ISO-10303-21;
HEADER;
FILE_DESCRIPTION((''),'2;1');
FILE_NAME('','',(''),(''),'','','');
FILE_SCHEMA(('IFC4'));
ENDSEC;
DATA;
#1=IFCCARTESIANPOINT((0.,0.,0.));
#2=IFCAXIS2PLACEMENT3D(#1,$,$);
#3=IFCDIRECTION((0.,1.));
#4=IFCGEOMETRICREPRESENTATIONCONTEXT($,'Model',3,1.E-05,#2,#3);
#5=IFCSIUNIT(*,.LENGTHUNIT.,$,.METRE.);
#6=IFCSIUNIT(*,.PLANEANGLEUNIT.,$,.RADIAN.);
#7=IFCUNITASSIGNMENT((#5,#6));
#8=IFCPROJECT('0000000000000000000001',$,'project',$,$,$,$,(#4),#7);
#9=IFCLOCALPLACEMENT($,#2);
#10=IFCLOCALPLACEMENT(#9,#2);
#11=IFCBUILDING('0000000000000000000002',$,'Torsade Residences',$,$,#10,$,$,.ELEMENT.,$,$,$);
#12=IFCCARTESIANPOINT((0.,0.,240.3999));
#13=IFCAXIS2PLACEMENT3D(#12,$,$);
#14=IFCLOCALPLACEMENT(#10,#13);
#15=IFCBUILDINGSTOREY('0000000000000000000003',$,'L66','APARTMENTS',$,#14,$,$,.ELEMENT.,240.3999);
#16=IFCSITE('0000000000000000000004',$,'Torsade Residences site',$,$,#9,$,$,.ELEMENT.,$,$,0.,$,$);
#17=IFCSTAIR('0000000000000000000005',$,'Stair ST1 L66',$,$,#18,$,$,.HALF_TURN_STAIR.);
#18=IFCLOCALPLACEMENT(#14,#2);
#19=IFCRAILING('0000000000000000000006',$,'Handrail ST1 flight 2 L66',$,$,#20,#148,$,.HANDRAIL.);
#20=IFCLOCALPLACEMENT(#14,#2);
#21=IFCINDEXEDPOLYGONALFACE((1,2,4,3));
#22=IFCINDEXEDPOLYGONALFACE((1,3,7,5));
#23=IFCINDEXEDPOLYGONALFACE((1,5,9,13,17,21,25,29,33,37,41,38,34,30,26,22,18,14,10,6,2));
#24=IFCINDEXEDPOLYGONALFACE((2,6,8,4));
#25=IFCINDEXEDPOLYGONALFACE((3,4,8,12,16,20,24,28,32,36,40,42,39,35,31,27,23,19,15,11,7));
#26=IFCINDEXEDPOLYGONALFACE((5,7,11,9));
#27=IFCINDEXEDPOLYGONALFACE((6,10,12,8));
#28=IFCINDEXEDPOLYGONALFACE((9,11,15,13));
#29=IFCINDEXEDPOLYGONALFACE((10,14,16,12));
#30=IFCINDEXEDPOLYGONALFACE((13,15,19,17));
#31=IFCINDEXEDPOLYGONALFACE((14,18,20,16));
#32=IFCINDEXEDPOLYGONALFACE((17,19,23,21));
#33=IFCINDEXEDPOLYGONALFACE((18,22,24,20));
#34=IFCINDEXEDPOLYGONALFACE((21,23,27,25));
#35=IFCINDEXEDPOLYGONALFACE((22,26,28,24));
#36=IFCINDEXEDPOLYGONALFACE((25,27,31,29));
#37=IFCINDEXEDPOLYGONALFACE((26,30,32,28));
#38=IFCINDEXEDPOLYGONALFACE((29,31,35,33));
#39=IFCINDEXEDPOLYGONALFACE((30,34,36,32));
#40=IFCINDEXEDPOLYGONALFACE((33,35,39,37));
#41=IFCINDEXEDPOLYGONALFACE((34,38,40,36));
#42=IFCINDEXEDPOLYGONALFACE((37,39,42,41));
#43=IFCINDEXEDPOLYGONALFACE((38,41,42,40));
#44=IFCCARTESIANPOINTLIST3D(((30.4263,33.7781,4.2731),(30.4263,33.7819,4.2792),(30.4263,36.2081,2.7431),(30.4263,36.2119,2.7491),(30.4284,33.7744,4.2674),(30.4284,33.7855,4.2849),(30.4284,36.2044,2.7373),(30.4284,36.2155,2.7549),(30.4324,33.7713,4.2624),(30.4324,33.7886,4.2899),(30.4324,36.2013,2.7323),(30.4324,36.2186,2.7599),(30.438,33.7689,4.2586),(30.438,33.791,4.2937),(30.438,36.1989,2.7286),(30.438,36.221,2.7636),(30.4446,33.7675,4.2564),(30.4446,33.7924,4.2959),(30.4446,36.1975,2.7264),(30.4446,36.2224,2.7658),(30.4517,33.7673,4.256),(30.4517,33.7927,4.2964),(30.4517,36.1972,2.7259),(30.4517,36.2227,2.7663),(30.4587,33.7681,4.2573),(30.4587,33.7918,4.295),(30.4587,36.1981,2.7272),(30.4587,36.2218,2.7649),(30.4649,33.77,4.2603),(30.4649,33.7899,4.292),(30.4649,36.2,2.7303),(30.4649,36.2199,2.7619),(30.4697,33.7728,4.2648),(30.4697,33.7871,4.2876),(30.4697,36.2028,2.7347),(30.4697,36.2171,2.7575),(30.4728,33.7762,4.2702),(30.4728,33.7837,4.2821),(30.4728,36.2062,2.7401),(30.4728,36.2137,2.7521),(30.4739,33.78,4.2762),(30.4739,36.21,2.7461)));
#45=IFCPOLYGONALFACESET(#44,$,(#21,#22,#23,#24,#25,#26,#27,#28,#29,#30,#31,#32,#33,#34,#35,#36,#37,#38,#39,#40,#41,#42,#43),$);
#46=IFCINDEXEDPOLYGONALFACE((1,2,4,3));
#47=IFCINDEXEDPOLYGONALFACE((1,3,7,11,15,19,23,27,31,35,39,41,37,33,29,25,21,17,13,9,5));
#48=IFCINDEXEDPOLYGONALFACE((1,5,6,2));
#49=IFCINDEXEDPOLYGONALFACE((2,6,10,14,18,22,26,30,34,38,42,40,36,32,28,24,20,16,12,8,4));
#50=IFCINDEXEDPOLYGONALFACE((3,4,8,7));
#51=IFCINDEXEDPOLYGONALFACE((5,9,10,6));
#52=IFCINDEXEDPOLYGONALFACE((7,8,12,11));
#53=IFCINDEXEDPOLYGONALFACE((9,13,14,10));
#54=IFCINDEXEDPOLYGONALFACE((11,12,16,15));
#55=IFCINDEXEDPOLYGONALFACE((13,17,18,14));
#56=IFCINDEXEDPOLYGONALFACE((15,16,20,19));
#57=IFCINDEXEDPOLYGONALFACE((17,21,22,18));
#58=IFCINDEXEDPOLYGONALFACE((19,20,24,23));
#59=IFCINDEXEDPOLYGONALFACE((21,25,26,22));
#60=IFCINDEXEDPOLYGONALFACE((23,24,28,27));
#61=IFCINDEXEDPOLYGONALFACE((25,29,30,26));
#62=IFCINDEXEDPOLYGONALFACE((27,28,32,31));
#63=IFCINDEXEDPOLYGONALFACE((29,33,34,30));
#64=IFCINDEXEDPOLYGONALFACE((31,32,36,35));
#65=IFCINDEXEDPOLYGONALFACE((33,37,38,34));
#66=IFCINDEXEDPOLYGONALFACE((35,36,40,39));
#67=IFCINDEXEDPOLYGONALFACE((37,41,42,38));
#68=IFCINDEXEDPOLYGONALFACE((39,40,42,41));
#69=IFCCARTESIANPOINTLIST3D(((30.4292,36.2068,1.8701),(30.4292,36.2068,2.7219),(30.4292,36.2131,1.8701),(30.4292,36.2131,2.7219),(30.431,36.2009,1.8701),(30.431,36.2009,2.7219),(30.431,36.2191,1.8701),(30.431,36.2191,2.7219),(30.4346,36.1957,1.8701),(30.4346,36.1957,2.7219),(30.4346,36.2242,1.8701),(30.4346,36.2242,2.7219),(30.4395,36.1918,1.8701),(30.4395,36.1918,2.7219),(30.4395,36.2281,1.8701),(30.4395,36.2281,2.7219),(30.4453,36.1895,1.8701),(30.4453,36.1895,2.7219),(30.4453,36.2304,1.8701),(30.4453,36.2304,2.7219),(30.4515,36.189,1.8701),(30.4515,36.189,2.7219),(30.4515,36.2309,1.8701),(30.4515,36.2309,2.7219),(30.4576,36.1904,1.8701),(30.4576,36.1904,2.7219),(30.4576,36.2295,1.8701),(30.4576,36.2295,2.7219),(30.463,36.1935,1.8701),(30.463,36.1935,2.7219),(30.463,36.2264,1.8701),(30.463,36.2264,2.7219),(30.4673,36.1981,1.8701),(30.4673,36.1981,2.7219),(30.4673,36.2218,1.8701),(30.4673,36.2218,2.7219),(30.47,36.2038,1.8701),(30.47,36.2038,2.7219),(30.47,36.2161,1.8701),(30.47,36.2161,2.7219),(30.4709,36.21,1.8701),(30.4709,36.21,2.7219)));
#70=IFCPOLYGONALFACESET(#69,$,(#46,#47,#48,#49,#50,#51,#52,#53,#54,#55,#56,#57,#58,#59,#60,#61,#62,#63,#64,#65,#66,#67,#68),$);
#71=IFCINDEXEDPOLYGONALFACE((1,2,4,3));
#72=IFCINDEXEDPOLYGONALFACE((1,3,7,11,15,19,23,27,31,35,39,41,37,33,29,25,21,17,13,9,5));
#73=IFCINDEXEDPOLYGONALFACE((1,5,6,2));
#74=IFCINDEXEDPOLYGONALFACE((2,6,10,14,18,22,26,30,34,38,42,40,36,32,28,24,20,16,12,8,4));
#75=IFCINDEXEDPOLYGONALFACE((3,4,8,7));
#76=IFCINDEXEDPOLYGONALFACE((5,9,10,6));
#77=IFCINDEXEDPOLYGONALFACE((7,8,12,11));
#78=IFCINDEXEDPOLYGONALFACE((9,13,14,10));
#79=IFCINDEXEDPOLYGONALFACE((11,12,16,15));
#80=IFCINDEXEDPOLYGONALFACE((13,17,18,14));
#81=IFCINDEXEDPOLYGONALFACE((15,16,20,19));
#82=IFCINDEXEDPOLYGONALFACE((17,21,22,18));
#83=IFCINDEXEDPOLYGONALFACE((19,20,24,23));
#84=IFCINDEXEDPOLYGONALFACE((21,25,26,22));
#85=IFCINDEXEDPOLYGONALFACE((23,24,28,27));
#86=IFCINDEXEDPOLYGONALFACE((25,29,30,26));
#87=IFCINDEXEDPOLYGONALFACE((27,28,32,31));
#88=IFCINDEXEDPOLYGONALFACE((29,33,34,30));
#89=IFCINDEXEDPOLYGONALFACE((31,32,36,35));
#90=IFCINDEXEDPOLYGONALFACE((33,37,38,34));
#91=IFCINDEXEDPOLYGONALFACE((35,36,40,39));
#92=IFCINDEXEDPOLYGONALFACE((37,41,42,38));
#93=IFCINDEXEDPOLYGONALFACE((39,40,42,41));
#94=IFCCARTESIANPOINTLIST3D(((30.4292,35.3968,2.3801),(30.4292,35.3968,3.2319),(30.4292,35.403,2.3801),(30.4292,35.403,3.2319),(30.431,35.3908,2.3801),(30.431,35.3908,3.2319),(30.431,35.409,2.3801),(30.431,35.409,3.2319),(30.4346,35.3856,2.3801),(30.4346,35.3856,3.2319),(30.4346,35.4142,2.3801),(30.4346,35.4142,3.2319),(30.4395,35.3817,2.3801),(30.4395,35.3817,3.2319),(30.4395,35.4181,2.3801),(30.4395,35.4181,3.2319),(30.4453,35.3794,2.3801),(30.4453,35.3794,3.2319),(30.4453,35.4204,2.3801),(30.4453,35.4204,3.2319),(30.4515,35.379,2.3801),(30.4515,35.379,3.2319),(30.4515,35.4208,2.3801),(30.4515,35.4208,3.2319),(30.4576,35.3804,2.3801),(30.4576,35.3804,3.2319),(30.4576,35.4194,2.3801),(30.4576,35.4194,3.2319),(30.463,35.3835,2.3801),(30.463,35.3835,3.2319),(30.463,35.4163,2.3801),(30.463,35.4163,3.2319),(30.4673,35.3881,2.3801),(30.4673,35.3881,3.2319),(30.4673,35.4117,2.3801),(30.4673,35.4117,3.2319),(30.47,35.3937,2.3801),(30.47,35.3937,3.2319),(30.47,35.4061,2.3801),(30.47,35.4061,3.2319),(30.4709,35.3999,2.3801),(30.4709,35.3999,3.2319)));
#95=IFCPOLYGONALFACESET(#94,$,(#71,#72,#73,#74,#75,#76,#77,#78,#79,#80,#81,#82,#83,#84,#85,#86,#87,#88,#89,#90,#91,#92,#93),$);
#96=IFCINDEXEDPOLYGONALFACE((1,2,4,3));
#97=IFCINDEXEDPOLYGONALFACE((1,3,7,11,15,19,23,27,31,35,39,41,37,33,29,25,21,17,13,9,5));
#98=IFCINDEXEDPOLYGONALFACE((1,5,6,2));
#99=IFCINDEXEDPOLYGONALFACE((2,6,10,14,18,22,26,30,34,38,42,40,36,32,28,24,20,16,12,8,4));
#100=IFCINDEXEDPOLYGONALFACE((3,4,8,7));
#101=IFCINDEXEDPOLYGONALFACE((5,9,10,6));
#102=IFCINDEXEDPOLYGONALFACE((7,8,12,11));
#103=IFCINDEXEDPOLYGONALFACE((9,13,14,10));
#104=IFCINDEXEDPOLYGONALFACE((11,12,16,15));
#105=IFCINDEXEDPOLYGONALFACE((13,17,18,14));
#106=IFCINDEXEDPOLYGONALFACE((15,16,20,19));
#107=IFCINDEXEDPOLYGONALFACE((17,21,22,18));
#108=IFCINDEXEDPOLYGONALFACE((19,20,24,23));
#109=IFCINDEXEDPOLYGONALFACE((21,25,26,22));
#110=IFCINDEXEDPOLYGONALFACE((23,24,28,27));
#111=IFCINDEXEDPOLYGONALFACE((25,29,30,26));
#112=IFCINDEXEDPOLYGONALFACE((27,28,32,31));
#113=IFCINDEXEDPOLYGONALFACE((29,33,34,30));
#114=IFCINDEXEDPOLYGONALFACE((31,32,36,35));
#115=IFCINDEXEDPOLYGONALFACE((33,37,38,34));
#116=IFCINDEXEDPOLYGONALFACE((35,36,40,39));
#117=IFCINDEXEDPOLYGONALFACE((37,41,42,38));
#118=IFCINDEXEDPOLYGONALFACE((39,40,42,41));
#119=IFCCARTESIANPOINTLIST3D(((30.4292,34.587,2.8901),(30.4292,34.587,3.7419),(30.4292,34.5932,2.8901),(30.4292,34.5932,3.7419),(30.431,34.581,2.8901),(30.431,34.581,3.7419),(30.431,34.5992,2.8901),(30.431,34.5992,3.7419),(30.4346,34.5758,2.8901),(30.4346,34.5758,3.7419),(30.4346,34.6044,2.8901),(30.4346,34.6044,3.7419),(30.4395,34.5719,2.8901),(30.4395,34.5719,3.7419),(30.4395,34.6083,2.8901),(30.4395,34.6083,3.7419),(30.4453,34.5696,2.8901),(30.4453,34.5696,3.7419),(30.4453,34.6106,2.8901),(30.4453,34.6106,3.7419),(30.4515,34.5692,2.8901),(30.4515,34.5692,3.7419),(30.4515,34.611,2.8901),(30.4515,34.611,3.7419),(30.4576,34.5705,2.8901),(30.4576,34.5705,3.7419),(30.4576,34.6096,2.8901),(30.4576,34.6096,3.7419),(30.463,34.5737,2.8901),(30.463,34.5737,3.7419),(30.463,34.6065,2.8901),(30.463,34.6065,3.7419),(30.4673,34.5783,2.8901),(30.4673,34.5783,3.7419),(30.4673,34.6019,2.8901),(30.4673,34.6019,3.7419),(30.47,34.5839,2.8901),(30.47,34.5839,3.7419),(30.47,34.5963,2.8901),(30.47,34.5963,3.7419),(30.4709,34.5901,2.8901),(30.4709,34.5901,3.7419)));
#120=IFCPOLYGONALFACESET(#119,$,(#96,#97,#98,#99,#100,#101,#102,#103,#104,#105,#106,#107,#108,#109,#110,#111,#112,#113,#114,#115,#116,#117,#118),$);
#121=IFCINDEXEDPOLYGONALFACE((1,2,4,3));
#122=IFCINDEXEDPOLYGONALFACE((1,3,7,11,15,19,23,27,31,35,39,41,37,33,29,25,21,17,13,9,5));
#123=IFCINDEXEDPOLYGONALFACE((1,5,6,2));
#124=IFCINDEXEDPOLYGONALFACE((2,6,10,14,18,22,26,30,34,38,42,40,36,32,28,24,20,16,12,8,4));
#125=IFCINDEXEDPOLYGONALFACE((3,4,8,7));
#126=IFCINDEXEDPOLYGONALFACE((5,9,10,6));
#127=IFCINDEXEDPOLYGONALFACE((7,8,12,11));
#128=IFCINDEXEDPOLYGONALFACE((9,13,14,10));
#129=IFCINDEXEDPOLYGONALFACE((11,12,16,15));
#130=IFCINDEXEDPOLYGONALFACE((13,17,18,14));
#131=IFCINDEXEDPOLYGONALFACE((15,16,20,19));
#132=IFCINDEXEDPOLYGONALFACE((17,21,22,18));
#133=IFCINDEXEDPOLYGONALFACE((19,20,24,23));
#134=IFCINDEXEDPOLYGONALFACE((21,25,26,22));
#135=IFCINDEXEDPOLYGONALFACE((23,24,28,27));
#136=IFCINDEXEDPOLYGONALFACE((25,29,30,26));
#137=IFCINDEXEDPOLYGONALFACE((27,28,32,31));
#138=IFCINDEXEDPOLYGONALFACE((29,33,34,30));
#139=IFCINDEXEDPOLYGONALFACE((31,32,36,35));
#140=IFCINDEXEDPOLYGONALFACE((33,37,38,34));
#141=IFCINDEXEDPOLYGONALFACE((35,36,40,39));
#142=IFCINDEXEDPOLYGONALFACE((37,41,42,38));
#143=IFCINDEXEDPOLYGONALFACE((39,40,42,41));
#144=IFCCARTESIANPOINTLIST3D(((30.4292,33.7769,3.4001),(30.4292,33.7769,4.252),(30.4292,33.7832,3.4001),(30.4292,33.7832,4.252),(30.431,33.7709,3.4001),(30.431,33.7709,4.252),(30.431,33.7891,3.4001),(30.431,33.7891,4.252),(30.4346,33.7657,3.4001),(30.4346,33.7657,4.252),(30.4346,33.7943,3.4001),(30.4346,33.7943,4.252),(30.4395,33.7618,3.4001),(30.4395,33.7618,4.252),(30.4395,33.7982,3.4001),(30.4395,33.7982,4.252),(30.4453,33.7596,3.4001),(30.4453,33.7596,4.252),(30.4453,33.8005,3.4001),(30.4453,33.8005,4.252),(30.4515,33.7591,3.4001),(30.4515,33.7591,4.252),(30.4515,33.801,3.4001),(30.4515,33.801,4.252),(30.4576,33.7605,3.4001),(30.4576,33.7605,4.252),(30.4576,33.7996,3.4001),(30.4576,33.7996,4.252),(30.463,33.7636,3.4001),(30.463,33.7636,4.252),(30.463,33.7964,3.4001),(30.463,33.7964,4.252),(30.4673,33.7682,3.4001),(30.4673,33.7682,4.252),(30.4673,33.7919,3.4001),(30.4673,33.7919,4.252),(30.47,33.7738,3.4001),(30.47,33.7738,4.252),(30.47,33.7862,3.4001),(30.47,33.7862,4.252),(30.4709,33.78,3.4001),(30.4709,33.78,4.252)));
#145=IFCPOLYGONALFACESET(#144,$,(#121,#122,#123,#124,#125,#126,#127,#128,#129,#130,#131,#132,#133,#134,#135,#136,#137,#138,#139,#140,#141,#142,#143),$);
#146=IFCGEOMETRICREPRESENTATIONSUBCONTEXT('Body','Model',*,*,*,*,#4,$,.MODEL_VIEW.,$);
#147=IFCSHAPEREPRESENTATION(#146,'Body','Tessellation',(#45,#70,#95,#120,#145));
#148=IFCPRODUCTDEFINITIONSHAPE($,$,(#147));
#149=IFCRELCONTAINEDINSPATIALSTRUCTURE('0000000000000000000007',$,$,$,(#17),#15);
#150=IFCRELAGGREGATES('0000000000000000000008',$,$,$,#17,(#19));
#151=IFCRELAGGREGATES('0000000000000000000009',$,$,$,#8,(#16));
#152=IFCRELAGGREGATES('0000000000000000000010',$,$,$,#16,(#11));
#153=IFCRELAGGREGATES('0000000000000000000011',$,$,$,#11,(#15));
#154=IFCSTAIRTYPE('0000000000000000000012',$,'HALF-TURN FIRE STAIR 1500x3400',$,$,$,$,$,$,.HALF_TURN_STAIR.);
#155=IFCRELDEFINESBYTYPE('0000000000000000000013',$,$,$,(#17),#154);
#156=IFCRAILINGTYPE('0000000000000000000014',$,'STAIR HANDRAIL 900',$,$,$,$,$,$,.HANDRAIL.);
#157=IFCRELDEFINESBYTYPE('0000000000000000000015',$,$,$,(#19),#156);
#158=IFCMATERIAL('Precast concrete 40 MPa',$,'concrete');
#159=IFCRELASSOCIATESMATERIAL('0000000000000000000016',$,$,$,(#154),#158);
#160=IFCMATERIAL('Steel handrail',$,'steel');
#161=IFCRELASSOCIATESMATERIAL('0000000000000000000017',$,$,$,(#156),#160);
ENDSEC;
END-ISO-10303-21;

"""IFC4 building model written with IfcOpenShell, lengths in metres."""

from ifc_helpers import new_model, si_unit, direction, frame, origin, origin_2d, place, context, subcontext, project, spatial, circle, extrude, material, type_object, element, aggregate, save


model = new_model("IFC4")

# Units and contexts
model_context = context("Model", 3, precision=1e-05, world=origin(), true_north=direction((0.0, 1.0)))
body_context = subcontext(model_context, "Body", "Model", "MODEL_VIEW")
ifc_project = project(units=[si_unit("LENGTHUNIT", "METRE"), si_unit("PLANEANGLEUNIT", "RADIAN")], contexts=[model_context])

# Site, building, storey
site_placement = place(None, origin())
site = spatial("IfcSite", under=ifc_project, at=site_placement, Name="Torsade Residences site", CompositionType="ELEMENT", RefElevation=0.0)
building_placement = place(site_placement, origin())
building = spatial("IfcBuilding", under=site, at=building_placement, Name="Torsade Residences", CompositionType="ELEMENT")
storey_placement = place(building_placement, frame((0.0, 0.0, 240.3999)))
storey = spatial("IfcBuildingStorey", under=building, at=storey_placement, Name="L66", Description="APARTMENTS", CompositionType="ELEMENT", Elevation=240.3999)

# Stair, railing
ifc_material_1 = material(Name="Precast concrete 40 MPa", Category="concrete")
stair_type = type_object("IfcStairType", Name="HALF-TURN FIRE STAIR 1500x3400", PredefinedType="HALF_TURN_STAIR", material=ifc_material_1)
stair_placement = place(storey_placement, origin())
stair = element("IfcStair", 1, at=stair_placement, inside=storey, type_object=stair_type, Name="Stair ST1 L66", PredefinedType="HALF_TURN_STAIR")
ifc_material_2 = material(Name="Steel handrail", Category="steel")
railing_type = type_object("IfcRailingType", Name="STAIR HANDRAIL 900", PredefinedType="HANDRAIL", material=ifc_material_2)
railing_1_placement = place(storey_placement, frame((30.45, 36.21, 1.8701)))
railing_1 = element("IfcRailing", 2, at=railing_1_placement, type_object=railing_type, Name="Handrail ST1 flight 2 L66", PredefinedType="HANDRAIL", context=body_context, shape_type="SweptSolid", body=[
    extrude(circle(Radius=0.0239, at=origin_2d()), frame((0.0, 0.0, 0.876), z_axis=(0.0, -0.846221, 0.532831), x_axis=(1.0, 0.0, 0.0)), (0.0, 0.0, 1.0), 2.8716),
    extrude(circle(Radius=0.021, at=origin_2d()), origin(), (0.0, 0.0, 1.0), 0.8518),
    extrude(circle(Radius=0.021, at=origin_2d()), frame((0.0, -0.8101, 0.51)), (0.0, 0.0, 1.0), 0.8518),
    extrude(circle(Radius=0.021, at=origin_2d()), frame((0.0, -1.6199, 1.02)), (0.0, 0.0, 1.0), 0.8518),
    extrude(circle(Radius=0.021, at=origin_2d()), frame((0.0, -2.4299, 1.53)), (0.0, 0.0, 1.0), 0.8518),
])
aggregate(stair, [railing_1])

save(model, "model.ifc")
